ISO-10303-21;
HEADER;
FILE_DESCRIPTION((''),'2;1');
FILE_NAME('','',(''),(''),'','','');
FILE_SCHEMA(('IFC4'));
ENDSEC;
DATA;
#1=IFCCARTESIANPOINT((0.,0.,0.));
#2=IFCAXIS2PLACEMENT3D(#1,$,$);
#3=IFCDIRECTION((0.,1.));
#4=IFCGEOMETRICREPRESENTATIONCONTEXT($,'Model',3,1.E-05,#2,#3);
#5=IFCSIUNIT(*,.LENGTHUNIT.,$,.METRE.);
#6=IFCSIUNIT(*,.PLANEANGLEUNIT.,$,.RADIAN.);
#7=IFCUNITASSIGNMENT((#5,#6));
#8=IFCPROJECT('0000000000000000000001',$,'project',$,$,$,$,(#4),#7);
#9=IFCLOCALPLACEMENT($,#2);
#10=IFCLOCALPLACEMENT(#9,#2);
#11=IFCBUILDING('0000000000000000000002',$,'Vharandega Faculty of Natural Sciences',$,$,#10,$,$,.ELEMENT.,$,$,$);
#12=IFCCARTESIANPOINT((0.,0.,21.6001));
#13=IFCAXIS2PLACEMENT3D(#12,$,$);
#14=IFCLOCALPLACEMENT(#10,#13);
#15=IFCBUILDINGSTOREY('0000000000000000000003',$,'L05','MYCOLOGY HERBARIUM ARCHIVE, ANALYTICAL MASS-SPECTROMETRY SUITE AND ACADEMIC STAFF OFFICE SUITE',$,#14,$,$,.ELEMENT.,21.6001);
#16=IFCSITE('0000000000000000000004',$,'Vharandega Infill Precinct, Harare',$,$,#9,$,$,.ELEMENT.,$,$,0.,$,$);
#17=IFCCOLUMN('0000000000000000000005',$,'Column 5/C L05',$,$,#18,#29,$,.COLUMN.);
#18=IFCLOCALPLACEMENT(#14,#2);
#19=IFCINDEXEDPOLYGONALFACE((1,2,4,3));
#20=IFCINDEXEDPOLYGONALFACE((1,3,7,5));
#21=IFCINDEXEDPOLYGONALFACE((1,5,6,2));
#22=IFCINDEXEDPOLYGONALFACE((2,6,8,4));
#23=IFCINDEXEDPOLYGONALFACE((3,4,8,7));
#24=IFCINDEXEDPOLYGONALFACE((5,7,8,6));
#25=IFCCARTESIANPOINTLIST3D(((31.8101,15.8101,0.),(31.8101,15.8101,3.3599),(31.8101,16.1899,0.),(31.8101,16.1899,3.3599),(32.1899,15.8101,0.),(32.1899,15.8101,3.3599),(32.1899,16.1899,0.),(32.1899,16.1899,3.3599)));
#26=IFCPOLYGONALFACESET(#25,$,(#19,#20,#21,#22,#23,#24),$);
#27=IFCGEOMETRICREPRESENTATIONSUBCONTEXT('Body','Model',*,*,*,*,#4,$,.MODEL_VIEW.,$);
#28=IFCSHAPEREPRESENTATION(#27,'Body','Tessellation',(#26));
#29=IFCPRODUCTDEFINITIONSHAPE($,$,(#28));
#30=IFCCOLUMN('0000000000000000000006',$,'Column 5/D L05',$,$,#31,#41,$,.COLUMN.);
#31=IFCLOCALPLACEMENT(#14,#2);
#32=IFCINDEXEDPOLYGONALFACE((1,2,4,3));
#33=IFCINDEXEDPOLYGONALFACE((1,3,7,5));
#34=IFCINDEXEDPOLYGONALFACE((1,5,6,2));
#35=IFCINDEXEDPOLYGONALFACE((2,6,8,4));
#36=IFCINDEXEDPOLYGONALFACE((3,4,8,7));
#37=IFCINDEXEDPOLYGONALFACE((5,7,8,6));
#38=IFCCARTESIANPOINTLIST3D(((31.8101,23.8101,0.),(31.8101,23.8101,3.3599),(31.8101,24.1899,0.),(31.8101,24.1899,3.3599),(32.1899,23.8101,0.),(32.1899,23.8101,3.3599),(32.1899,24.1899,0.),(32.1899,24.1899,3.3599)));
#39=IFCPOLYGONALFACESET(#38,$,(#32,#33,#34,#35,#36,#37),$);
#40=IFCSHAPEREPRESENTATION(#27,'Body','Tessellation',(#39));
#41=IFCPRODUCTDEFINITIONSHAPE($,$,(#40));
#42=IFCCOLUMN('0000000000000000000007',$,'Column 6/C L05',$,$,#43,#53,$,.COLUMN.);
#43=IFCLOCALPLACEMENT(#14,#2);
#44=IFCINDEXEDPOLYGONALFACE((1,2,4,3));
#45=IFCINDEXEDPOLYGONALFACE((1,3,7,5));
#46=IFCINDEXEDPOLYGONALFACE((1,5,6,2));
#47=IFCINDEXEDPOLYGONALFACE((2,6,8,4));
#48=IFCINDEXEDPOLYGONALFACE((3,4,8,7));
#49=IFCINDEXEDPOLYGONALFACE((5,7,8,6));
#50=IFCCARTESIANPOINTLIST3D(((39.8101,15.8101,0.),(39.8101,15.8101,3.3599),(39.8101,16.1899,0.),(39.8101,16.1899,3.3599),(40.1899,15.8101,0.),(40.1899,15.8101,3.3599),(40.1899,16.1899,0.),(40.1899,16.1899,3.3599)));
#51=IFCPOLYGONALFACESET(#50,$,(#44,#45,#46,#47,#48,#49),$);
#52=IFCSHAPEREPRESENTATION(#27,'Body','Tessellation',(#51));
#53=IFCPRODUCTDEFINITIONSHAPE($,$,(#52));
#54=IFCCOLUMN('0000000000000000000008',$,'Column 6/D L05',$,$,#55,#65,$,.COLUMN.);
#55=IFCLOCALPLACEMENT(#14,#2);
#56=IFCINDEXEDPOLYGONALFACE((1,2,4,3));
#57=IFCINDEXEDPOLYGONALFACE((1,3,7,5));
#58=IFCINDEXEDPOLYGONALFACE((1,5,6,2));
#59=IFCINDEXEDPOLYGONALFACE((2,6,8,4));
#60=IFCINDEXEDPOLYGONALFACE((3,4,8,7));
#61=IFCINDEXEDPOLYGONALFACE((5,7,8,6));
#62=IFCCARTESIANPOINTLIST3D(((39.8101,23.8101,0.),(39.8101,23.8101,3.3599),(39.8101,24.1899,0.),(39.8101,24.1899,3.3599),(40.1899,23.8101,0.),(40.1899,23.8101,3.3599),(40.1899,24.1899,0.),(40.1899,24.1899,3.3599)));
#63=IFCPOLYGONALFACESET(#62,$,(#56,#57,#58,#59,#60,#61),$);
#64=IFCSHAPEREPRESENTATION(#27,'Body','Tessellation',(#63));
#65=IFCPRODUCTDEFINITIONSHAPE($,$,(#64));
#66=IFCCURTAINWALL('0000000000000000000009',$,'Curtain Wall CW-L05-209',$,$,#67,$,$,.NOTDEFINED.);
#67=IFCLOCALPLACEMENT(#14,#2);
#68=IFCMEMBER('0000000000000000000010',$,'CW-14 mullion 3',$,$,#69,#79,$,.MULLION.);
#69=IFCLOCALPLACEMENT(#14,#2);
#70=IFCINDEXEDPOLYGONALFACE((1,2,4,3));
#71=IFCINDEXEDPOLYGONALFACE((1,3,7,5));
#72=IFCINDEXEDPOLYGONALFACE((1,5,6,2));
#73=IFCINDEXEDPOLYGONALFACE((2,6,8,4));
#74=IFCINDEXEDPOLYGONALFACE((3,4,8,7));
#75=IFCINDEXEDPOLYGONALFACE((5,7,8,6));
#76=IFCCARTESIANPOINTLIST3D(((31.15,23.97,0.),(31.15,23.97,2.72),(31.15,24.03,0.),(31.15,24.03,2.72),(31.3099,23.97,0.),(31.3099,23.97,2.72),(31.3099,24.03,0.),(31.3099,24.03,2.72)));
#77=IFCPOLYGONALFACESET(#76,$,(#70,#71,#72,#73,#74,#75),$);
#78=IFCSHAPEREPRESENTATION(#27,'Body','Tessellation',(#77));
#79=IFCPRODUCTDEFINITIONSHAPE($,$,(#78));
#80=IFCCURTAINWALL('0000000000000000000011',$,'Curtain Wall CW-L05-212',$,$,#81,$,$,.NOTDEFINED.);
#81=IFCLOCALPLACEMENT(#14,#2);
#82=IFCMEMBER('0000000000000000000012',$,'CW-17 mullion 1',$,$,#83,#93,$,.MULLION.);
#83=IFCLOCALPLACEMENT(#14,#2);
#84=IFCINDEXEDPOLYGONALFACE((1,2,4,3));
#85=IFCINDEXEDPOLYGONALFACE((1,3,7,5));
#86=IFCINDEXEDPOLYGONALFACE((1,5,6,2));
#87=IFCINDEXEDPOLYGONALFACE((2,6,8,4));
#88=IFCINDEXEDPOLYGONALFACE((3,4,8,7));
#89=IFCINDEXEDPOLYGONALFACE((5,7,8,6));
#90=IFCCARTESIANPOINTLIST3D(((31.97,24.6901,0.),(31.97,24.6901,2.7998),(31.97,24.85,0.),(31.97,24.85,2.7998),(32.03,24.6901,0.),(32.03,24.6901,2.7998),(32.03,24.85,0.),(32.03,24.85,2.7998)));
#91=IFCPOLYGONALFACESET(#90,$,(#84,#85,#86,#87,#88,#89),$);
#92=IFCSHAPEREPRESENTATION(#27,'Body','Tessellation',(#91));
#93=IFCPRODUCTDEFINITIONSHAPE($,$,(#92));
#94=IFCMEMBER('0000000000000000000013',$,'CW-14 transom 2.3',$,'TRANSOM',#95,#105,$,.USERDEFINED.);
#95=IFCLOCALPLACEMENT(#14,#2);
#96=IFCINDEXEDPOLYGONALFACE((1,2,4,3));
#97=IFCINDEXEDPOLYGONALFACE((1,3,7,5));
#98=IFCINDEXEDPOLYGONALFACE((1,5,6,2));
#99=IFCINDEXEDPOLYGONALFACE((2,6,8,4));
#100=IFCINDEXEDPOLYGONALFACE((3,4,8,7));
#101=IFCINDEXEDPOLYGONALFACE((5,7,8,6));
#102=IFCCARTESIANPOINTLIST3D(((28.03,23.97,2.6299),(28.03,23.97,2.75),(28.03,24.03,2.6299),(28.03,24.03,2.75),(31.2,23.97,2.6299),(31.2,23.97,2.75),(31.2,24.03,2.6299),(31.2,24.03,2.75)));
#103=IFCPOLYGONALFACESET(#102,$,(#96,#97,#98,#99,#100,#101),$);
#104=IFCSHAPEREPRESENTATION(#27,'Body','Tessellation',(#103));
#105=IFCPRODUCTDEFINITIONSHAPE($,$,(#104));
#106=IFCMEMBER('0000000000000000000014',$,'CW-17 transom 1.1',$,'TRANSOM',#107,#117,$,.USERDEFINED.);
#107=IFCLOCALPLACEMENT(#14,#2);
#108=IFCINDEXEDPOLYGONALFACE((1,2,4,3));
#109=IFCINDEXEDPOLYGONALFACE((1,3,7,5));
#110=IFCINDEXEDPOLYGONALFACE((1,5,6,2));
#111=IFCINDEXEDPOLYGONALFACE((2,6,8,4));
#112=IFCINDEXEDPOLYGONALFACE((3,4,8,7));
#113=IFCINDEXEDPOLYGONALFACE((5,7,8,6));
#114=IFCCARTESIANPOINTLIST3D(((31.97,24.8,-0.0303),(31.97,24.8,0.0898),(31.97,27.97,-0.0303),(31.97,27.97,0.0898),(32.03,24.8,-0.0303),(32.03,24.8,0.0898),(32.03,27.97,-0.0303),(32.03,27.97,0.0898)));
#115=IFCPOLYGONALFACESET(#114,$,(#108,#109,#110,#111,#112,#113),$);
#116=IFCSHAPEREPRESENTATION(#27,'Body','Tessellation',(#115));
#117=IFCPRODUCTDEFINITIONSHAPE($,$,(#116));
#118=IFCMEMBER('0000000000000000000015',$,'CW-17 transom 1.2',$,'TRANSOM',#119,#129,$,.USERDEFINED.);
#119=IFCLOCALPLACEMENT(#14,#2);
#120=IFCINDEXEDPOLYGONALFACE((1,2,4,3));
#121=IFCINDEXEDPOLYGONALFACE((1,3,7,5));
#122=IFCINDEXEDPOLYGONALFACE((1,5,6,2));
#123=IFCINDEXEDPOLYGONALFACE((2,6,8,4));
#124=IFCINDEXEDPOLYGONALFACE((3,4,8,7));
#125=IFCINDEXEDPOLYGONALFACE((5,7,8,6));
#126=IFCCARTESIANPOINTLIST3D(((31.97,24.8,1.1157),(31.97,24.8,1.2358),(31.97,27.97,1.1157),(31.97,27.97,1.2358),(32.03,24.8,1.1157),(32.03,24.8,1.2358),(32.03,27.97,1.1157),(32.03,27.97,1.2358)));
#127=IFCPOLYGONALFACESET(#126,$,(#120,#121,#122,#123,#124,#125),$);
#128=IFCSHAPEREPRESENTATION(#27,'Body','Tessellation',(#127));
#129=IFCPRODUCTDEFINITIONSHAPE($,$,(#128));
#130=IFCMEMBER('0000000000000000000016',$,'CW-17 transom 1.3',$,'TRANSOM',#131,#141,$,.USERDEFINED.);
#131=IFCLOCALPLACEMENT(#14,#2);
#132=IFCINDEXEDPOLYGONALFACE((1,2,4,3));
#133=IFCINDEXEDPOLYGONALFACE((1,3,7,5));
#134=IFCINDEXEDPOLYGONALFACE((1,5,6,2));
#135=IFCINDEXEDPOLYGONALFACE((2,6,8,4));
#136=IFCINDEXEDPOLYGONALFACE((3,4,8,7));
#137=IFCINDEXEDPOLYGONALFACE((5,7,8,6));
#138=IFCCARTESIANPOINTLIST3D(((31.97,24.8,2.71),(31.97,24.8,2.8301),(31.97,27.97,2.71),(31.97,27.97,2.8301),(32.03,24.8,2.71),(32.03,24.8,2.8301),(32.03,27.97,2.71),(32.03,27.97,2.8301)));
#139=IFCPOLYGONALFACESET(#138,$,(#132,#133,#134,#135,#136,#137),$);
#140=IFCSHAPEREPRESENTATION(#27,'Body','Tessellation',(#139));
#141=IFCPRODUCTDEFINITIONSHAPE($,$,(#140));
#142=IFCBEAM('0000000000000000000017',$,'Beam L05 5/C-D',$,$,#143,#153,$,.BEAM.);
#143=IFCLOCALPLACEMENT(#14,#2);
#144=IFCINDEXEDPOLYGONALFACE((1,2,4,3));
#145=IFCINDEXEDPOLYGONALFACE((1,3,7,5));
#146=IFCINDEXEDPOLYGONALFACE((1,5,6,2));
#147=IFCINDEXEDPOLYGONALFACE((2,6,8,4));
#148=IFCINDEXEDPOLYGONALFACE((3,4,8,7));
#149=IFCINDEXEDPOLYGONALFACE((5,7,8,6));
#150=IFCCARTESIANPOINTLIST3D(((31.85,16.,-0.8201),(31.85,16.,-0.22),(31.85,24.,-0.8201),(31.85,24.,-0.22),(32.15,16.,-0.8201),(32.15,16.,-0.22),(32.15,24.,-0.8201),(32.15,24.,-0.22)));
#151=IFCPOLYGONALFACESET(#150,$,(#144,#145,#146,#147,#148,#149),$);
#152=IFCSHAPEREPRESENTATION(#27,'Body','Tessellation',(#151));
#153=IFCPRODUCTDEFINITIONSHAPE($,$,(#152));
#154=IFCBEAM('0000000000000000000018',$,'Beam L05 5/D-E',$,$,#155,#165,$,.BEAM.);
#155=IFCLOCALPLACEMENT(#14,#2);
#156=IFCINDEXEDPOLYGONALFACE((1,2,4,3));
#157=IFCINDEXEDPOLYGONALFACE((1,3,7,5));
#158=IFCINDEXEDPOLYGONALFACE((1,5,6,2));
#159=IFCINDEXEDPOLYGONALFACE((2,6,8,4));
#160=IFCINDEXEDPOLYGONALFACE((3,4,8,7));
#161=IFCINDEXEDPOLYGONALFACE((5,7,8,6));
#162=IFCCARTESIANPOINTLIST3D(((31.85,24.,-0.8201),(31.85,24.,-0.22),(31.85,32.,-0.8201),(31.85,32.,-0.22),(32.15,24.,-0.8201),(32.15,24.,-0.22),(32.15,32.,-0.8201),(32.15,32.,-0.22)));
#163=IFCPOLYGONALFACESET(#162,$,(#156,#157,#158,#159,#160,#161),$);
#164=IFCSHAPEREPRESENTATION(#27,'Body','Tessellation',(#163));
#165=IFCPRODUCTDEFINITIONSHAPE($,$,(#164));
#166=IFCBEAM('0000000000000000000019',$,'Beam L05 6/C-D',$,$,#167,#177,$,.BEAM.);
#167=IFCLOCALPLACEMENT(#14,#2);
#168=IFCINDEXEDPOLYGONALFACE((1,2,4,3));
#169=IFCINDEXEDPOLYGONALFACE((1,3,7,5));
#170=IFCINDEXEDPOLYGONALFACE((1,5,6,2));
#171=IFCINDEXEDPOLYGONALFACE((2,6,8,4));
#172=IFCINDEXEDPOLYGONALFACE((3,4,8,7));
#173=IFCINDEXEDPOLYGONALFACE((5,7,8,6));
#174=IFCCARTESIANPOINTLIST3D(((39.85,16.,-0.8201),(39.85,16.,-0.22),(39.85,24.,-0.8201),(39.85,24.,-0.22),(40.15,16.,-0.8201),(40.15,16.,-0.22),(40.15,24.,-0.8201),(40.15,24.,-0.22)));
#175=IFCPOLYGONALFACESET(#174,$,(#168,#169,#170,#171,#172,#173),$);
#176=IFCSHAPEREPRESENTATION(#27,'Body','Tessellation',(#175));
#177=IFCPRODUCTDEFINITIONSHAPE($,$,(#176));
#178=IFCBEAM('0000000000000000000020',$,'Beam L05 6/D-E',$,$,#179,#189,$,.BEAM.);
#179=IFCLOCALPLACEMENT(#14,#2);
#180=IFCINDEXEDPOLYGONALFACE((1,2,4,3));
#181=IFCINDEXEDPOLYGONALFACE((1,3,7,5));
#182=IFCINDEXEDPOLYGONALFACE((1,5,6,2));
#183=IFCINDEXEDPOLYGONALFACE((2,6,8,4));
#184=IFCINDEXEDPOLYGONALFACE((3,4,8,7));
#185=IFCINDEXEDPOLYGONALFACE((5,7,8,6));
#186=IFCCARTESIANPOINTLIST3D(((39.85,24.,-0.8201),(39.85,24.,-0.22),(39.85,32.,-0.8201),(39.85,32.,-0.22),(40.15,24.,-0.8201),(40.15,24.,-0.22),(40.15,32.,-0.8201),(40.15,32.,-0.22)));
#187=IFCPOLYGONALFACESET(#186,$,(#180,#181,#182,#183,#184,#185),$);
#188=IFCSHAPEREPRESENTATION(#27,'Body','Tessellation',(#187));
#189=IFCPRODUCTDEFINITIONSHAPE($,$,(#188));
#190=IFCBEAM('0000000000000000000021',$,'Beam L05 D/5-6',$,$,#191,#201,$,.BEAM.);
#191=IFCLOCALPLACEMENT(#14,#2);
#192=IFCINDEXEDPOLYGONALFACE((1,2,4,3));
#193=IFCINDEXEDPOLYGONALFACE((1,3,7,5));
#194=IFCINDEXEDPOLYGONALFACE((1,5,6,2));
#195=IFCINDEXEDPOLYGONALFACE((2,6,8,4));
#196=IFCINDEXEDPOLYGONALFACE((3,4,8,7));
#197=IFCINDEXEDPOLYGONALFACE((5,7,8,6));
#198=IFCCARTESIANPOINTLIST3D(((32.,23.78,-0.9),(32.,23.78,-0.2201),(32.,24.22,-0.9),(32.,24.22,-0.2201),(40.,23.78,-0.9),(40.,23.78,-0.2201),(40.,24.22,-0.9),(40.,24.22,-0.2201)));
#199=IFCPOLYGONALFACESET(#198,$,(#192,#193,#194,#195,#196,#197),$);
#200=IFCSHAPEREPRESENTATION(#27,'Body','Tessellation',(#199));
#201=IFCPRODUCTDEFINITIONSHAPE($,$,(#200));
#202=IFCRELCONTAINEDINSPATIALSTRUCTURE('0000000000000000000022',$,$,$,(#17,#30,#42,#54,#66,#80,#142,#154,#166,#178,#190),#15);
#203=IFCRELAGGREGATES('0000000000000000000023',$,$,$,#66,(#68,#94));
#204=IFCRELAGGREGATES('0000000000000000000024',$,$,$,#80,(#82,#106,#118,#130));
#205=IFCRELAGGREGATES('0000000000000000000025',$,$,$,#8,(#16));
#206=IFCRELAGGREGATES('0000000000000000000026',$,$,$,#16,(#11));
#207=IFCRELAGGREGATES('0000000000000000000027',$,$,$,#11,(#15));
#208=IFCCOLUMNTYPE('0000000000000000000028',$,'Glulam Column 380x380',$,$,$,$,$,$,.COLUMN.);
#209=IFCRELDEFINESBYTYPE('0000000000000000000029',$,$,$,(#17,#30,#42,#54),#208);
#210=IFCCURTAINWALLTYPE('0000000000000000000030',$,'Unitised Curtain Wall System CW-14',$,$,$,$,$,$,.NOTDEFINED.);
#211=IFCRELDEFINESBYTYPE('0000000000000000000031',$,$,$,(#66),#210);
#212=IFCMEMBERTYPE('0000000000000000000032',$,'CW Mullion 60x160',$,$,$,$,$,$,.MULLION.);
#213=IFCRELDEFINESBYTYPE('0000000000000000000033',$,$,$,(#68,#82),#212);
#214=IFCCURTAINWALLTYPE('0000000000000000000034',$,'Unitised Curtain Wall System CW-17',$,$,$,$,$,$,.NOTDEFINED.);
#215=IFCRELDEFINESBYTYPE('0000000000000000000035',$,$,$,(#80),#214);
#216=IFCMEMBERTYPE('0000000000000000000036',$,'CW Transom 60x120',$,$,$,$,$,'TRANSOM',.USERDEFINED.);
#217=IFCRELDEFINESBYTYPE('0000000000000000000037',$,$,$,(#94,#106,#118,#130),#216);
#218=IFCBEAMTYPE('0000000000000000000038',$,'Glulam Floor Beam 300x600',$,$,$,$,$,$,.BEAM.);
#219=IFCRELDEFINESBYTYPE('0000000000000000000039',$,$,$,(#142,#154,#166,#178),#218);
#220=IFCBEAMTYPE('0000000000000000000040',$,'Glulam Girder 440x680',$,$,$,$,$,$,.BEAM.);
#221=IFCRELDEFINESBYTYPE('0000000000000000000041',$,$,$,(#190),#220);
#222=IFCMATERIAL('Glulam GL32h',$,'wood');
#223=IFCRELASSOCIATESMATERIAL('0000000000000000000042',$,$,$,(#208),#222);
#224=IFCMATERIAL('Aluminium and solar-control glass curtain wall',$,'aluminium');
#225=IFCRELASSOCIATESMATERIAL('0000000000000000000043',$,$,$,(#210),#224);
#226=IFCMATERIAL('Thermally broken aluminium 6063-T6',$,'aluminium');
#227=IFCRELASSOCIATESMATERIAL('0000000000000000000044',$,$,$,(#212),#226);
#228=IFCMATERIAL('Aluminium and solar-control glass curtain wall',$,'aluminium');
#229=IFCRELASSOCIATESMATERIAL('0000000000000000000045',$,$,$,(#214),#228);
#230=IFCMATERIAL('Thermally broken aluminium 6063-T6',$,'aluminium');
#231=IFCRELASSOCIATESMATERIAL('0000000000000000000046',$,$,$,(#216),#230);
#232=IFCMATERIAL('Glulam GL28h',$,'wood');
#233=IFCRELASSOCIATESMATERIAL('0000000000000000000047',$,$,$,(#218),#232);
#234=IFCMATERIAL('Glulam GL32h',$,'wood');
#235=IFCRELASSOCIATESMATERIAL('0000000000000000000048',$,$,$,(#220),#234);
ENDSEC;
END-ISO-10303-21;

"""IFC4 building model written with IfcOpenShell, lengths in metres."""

from ifc_helpers import new_model, si_unit, direction, frame, origin, origin_2d, place, context, subcontext, project, spatial, rectangle, extrude, material, material_profile, profile_set, type_object, element, aggregate, save


model = new_model("IFC4")

# Units and contexts
model_context = context("Model", 3, precision=1e-05, world=origin(), true_north=direction((0.0, 1.0)))
body_context = subcontext(model_context, "Body", "Model", "MODEL_VIEW")
ifc_project = project(units=[si_unit("LENGTHUNIT", "METRE"), si_unit("PLANEANGLEUNIT", "RADIAN")], contexts=[model_context])

# Site, building, storey
site_placement = place(None, origin())
site = spatial("IfcSite", under=ifc_project, at=site_placement, Name="Vharandega Infill Precinct, Harare", CompositionType="ELEMENT", RefElevation=0.0)
building_placement = place(site_placement, origin())
building = spatial("IfcBuilding", under=site, at=building_placement, Name="Vharandega Faculty of Natural Sciences", CompositionType="ELEMENT")
storey_placement = place(building_placement, frame((0.0, 0.0, 21.6001)))
storey = spatial("IfcBuildingStorey", under=building, at=storey_placement, Name="L05", Description="MYCOLOGY HERBARIUM ARCHIVE, ANALYTICAL MASS-SPECTROMETRY SUITE AND ACADEMIC STAFF OFFICE SUITE", CompositionType="ELEMENT", Elevation=21.6001)

# Columns
ifc_material_1 = material(Name="Glulam GL32h", Category="wood")
ifc_material_profile_1 = material_profile(ifc_material_1, rectangle(XDim=0.3799, YDim=0.3799, at=origin_2d()), Name="GL32h 380x380")
ifc_profile_set_1 = profile_set([ifc_material_profile_1], Name="Glulam GL32h")
column_type = type_object("IfcColumnType", Name="Glulam Column 380x380", PredefinedType="COLUMN", material=ifc_profile_set_1)
for number, where, z_axis, x_axis, name in (
    (1, (32.0, 16.0, 0.0), (0.0, 0.0, 1.0), (1.0, 0.0, 0.0), "Column 5/C L05"),
    (2, (32.0, 24.0, 0.0), (0.0, 0.0, 1.0), (1.0, 0.0, 0.0), "Column 5/D L05"),
    (3, (40.0, 16.0, 0.0), (0.0, 0.0, 1.0), (1.0, 0.0, 0.0), "Column 6/C L05"),
    (4, (40.0, 24.0, 0.0), (0.0, 0.0, 1.0), (1.0, 0.0, 0.0), "Column 6/D L05"),
):
    element("IfcColumn", number, at=place(storey_placement, frame(where, z_axis=z_axis, x_axis=x_axis)), inside=storey, type_object=column_type, Name=name, PredefinedType="COLUMN", context=body_context, shape_type="SweptSolid", body=[
        extrude(rectangle(XDim=0.3799, YDim=0.3799, at=origin_2d()), origin(), (0.0, 0.0, 1.0), 3.3599),
    ])

# Curtain walls, members
ifc_material_2 = material(Name="Aluminium and solar-control glass curtain wall", Category="aluminium")
curtain_wall_type_1 = type_object("IfcCurtainWallType", Name="Unitised Curtain Wall System CW-14", PredefinedType="NOTDEFINED", material=ifc_material_2)
curtain_wall_1_placement = place(storey_placement, origin())
curtain_wall_1 = element("IfcCurtainWall", 5, at=curtain_wall_1_placement, inside=storey, type_object=curtain_wall_type_1, Name="Curtain Wall CW-L05-209", PredefinedType="NOTDEFINED")
ifc_material_3 = material(Name="Thermally broken aluminium 6063-T6", Category="aluminium")
ifc_material_profile_2 = material_profile(ifc_material_3, rectangle(XDim=0.0601, YDim=0.1599, at=origin_2d()), Name="ALU 60x160")
ifc_profile_set_2 = profile_set([ifc_material_profile_2], Name="Thermally broken aluminium 6063-T6")
member_type_1 = type_object("IfcMemberType", Name="CW Mullion 60x160", PredefinedType="MULLION", material=ifc_profile_set_2)
member_1_placement = place(storey_placement, frame((31.23, 24.0, 0.0), z_axis=(0.0, 0.0, 1.0), x_axis=(0.0, 1.0, 0.0)))
member_1 = element("IfcMember", 6, at=member_1_placement, type_object=member_type_1, Name="CW-14 mullion 3", PredefinedType="MULLION", context=body_context, shape_type="SweptSolid", body=[
    extrude(rectangle(XDim=0.0601, YDim=0.1599, at=origin_2d()), origin(), (0.0, 0.0, 1.0), 2.72),
])
ifc_material_4 = material(Name="Aluminium and solar-control glass curtain wall", Category="aluminium")
curtain_wall_type_2 = type_object("IfcCurtainWallType", Name="Unitised Curtain Wall System CW-17", PredefinedType="NOTDEFINED", material=ifc_material_4)
curtain_wall_2_placement = place(storey_placement, origin())
curtain_wall_2 = element("IfcCurtainWall", 7, at=curtain_wall_2_placement, inside=storey, type_object=curtain_wall_type_2, Name="Curtain Wall CW-L05-212", PredefinedType="NOTDEFINED")
member_2_placement = place(storey_placement, frame((32.0, 24.77, 0.0), z_axis=(0.0, 0.0, 1.0), x_axis=(-1.0, 0.0, 0.0)))
member_2 = element("IfcMember", 8, at=member_2_placement, type_object=member_type_1, Name="CW-17 mullion 1", PredefinedType="MULLION", context=body_context, shape_type="SweptSolid", body=[
    extrude(rectangle(XDim=0.0601, YDim=0.1599, at=origin_2d()), origin(), (0.0, 0.0, 1.0), 2.7998),
])

# Members
ifc_material_5 = material(Name="Thermally broken aluminium 6063-T6", Category="aluminium")
ifc_material_profile_3 = material_profile(ifc_material_5, rectangle(XDim=0.0601, YDim=0.1201, at=origin_2d()), Name="ALU 60x120")
ifc_profile_set_3 = profile_set([ifc_material_profile_3], Name="Thermally broken aluminium 6063-T6")
member_type_2 = type_object("IfcMemberType", Name="CW Transom 60x120", ElementType="TRANSOM", PredefinedType="USERDEFINED", material=ifc_profile_set_3)
member_3_placement = place(storey_placement, frame((28.03, 24.0, 2.6899), z_axis=(1.0, 0.0, 0.0), x_axis=(0.0, 1.0, 0.0)))
member_3 = element("IfcMember", 9, at=member_3_placement, type_object=member_type_2, Name="CW-14 transom 2.3", ObjectType="TRANSOM", PredefinedType="USERDEFINED", context=body_context, shape_type="SweptSolid", body=[
    extrude(rectangle(XDim=0.0601, YDim=0.1201, at=origin_2d()), origin(), (0.0, 0.0, 1.0), 3.1699),
])
member_4_placement = place(storey_placement, frame((32.0, 24.8, 0.0298), z_axis=(0.0, 1.0, 0.0), x_axis=(-1.0, 0.0, 0.0)))
member_4 = element("IfcMember", 10, at=member_4_placement, type_object=member_type_2, Name="CW-17 transom 1.1", ObjectType="TRANSOM", PredefinedType="USERDEFINED", context=body_context, shape_type="SweptSolid", body=[
    extrude(rectangle(XDim=0.0601, YDim=0.1201, at=origin_2d()), origin(), (0.0, 0.0, 1.0), 3.1699),
])
member_5_placement = place(storey_placement, frame((32.0, 24.8, 1.1758), z_axis=(0.0, 1.0, 0.0), x_axis=(-1.0, 0.0, 0.0)))
member_5 = element("IfcMember", 11, at=member_5_placement, type_object=member_type_2, Name="CW-17 transom 1.2", ObjectType="TRANSOM", PredefinedType="USERDEFINED", context=body_context, shape_type="SweptSolid", body=[
    extrude(rectangle(XDim=0.0601, YDim=0.1201, at=origin_2d()), origin(), (0.0, 0.0, 1.0), 3.1699),
])
member_6_placement = place(storey_placement, frame((32.0, 24.8, 2.77), z_axis=(0.0, 1.0, 0.0), x_axis=(-1.0, 0.0, 0.0)))
member_6 = element("IfcMember", 12, at=member_6_placement, type_object=member_type_2, Name="CW-17 transom 1.3", ObjectType="TRANSOM", PredefinedType="USERDEFINED", context=body_context, shape_type="SweptSolid", body=[
    extrude(rectangle(XDim=0.0601, YDim=0.1201, at=origin_2d()), origin(), (0.0, 0.0, 1.0), 3.1699),
])

# Beams
ifc_material_6 = material(Name="Glulam GL28h", Category="wood")
ifc_material_profile_4 = material_profile(ifc_material_6, rectangle(XDim=0.3, YDim=0.6001, at=origin_2d()), Name="GL28h 300x600")
ifc_profile_set_4 = profile_set([ifc_material_profile_4], Name="Glulam GL28h")
beam_type_1 = type_object("IfcBeamType", Name="Glulam Floor Beam 300x600", PredefinedType="BEAM", material=ifc_profile_set_4)
for number, where, z_axis, x_axis, name in (
    (13, (32.0, 16.0, -0.52), (0.0, 1.0, 0.0), (-1.0, 0.0, 0.0), "Beam L05 5/C-D"),
    (14, (32.0, 24.0, -0.52), (0.0, 1.0, 0.0), (-1.0, 0.0, 0.0), "Beam L05 5/D-E"),
    (15, (40.0, 16.0, -0.52), (0.0, 1.0, 0.0), (-1.0, 0.0, 0.0), "Beam L05 6/C-D"),
    (16, (40.0, 24.0, -0.52), (0.0, 1.0, 0.0), (-1.0, 0.0, 0.0), "Beam L05 6/D-E"),
):
    element("IfcBeam", number, at=place(storey_placement, frame(where, z_axis=z_axis, x_axis=x_axis)), inside=storey, type_object=beam_type_1, Name=name, PredefinedType="BEAM", context=body_context, shape_type="SweptSolid", body=[
        extrude(rectangle(XDim=0.3, YDim=0.6001, at=origin_2d()), origin(), (0.0, 0.0, 1.0), 8.0),
    ])
ifc_material_7 = material(Name="Glulam GL32h", Category="wood")
ifc_material_profile_5 = material_profile(ifc_material_7, rectangle(XDim=0.4399, YDim=0.6799, at=origin_2d()), Name="GL32h 440x680")
ifc_profile_set_5 = profile_set([ifc_material_profile_5], Name="Glulam GL32h")
beam_type_2 = type_object("IfcBeamType", Name="Glulam Girder 440x680", PredefinedType="BEAM", material=ifc_profile_set_5)
for number, where, z_axis, x_axis, name in (
    (17, (32.0, 24.0, -0.5601), (1.0, 0.0, 0.0), (0.0, 1.0, 0.0), "Beam L05 D/5-6"),
):
    element("IfcBeam", number, at=place(storey_placement, frame(where, z_axis=z_axis, x_axis=x_axis)), inside=storey, type_object=beam_type_2, Name=name, PredefinedType="BEAM", context=body_context, shape_type="SweptSolid", body=[
        extrude(rectangle(XDim=0.4399, YDim=0.6799, at=origin_2d()), origin(), (0.0, 0.0, 1.0), 8.0),
    ])

aggregate(curtain_wall_1, [member_1, member_3])
aggregate(curtain_wall_2, [member_2, member_4, member_5, member_6])

save(model, "model.ifc")
